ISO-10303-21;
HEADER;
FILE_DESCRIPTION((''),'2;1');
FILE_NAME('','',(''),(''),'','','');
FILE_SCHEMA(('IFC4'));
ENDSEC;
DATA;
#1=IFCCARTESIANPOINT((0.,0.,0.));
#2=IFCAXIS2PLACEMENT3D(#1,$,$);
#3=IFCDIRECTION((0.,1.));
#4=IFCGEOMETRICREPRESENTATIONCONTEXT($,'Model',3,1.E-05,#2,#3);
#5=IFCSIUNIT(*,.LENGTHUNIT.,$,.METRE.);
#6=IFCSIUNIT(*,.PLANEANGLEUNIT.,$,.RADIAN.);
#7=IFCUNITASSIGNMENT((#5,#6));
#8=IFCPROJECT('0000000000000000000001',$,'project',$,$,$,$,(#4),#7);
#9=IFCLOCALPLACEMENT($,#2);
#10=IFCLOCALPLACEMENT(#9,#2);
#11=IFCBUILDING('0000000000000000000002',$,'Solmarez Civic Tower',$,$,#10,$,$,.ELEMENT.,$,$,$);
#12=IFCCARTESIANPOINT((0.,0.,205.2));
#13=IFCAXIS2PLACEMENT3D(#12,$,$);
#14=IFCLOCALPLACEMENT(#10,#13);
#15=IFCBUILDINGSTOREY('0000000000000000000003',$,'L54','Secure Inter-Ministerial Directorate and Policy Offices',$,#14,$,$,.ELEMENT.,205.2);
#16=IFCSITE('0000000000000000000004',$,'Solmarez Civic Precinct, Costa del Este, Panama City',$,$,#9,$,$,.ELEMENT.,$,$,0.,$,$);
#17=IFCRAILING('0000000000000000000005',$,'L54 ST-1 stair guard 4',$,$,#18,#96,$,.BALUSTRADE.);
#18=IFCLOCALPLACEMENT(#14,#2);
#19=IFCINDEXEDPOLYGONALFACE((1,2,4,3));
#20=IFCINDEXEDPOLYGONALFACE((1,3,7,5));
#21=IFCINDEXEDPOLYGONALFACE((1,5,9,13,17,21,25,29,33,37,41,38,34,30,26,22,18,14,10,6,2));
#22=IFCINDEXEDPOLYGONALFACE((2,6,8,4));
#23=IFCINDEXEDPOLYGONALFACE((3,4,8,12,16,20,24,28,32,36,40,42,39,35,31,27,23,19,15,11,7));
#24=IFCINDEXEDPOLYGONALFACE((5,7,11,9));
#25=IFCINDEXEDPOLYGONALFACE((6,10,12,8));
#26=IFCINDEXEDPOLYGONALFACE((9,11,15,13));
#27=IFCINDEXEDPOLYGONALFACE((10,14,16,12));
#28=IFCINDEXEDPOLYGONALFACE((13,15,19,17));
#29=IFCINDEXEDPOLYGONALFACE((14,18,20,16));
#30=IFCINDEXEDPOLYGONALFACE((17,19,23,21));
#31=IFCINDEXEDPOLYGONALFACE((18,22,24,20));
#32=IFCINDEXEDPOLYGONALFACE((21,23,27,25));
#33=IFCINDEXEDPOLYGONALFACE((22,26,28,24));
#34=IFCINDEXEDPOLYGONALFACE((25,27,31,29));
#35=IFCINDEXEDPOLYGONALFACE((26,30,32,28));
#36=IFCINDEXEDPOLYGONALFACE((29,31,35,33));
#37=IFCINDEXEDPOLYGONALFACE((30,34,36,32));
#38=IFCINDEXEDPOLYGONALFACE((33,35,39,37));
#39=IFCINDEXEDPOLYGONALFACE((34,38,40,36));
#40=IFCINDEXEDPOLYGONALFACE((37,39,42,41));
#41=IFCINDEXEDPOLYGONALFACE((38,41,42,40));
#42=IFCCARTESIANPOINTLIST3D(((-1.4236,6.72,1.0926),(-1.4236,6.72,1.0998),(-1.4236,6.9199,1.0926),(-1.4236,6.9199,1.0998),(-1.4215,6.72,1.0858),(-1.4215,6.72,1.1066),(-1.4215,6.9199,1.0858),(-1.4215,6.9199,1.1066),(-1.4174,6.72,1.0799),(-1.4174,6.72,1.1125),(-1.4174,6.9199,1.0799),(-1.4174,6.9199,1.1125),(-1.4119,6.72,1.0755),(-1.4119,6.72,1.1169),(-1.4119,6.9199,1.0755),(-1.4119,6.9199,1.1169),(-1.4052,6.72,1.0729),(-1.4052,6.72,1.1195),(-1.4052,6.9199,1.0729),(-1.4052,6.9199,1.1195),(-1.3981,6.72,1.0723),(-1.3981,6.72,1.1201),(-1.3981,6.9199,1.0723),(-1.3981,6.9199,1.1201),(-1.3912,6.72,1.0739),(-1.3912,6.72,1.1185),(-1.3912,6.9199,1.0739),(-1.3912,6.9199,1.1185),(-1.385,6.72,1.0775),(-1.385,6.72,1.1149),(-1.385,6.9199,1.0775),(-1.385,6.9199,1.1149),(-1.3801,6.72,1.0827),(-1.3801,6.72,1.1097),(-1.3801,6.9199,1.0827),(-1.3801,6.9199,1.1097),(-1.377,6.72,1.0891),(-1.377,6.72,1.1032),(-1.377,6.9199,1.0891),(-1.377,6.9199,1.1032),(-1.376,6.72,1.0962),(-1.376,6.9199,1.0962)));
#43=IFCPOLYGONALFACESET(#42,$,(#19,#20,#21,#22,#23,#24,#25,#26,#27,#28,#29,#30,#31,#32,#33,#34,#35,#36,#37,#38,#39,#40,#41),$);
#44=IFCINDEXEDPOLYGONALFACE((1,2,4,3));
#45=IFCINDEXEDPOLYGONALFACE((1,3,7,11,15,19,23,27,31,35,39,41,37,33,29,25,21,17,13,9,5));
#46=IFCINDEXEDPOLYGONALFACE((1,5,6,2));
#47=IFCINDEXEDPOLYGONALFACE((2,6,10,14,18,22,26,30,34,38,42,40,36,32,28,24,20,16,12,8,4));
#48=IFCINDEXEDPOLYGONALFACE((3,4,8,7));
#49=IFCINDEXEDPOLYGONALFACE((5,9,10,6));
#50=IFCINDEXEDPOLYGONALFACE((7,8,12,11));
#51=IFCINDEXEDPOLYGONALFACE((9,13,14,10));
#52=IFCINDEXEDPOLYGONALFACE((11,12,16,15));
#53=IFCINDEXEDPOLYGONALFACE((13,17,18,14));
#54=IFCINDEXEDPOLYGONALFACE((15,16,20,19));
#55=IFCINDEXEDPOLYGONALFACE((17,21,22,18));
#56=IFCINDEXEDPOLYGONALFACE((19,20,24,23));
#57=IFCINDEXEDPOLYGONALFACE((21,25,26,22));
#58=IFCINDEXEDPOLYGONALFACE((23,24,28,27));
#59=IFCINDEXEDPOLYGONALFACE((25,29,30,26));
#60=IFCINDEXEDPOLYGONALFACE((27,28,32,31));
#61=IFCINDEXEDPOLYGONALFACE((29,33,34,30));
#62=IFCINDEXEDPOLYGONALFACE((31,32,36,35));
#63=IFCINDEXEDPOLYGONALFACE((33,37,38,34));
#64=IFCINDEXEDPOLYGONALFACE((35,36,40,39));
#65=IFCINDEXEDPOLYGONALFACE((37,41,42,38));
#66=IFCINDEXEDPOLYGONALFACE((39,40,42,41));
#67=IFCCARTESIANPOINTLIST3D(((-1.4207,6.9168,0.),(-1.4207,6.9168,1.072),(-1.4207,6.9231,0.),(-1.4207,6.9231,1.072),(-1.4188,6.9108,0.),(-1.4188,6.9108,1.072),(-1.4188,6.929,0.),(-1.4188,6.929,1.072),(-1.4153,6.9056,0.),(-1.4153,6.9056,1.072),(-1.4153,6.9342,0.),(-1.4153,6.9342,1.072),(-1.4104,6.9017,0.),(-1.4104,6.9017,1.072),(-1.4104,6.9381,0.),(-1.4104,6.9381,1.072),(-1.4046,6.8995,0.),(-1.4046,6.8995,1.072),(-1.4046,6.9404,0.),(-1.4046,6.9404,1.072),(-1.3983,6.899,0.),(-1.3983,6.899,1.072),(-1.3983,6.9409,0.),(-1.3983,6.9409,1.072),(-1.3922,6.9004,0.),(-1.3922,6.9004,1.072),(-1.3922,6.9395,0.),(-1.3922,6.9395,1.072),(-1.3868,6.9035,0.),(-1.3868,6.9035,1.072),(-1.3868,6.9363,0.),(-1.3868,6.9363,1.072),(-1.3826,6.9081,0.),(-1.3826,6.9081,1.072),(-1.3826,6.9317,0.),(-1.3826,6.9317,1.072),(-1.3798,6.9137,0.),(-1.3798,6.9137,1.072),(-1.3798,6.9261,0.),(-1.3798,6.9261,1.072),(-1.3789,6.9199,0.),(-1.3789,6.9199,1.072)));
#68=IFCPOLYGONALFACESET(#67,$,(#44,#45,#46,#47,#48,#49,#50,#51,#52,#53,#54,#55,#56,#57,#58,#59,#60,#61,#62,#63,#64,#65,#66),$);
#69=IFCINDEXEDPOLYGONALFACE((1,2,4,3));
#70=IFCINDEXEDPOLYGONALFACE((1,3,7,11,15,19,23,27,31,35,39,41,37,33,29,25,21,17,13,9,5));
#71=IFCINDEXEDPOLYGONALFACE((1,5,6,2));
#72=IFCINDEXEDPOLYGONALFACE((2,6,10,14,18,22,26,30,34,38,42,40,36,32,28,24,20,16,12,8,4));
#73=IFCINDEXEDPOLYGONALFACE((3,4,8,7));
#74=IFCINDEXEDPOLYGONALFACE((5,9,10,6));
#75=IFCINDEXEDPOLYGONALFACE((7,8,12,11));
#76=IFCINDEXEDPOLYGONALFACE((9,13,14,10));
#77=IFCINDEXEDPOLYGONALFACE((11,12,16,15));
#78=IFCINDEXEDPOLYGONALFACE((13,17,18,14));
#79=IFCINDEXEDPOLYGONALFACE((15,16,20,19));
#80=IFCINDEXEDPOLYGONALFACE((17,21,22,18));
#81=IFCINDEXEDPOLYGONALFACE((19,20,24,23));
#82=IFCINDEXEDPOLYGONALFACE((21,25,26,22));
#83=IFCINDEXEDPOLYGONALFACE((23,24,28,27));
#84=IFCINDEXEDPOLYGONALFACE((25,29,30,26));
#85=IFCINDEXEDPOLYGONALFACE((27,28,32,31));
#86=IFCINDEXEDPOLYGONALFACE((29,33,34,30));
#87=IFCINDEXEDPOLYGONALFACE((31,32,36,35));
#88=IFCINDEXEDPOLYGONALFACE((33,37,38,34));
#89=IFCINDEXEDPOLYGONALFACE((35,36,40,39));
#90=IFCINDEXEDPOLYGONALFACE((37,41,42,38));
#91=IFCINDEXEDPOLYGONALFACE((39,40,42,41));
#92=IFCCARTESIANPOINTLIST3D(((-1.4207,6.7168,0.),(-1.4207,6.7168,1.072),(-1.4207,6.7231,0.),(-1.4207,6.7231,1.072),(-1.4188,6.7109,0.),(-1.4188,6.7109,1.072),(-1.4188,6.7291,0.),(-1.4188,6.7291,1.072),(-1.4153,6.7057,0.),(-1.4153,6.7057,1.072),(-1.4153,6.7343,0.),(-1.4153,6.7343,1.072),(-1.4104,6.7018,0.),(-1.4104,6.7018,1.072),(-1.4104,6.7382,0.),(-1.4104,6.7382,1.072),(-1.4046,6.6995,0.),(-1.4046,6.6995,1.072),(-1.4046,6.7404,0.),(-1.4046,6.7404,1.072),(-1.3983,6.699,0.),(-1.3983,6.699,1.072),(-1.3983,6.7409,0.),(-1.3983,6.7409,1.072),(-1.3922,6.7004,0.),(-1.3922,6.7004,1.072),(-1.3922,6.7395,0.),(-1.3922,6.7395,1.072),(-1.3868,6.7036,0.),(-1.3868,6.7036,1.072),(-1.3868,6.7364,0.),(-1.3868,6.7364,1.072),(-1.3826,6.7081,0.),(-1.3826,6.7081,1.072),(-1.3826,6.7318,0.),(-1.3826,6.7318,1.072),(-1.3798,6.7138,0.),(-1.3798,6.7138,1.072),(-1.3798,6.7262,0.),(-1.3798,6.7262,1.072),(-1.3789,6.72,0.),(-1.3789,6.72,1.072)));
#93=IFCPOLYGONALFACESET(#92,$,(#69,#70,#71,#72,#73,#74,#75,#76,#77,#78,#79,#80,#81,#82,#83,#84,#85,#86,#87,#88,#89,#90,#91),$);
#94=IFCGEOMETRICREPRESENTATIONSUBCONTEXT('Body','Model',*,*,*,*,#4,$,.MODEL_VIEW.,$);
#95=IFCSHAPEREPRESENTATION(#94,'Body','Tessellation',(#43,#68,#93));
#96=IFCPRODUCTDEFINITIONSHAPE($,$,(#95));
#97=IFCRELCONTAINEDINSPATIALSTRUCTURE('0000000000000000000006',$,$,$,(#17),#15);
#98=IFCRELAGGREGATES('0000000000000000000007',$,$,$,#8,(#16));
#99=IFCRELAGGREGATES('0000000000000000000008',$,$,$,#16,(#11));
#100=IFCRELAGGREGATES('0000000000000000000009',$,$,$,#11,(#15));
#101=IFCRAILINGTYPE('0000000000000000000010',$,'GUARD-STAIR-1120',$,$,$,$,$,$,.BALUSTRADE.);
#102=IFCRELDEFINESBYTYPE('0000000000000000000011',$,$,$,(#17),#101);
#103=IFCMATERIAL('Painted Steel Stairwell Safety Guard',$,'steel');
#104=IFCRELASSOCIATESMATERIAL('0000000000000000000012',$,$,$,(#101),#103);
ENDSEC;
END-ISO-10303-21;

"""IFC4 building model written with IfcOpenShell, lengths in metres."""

from ifc_helpers import new_model, si_unit, direction, frame, origin, origin_2d, place, context, subcontext, project, spatial, circle, extrude, material, type_object, element, save


model = new_model("IFC4")

# Units and contexts
model_context = context("Model", 3, precision=1e-05, world=origin(), true_north=direction((0.0, 1.0)))
body_context = subcontext(model_context, "Body", "Model", "MODEL_VIEW")
ifc_project = project(units=[si_unit("LENGTHUNIT", "METRE"), si_unit("PLANEANGLEUNIT", "RADIAN")], contexts=[model_context])

# Site, building, storey
site_placement = place(None, origin())
site = spatial("IfcSite", under=ifc_project, at=site_placement, Name="Solmarez Civic Precinct, Costa del Este, Panama City", CompositionType="ELEMENT", RefElevation=0.0)
building_placement = place(site_placement, origin())
building = spatial("IfcBuilding", under=site, at=building_placement, Name="Solmarez Civic Tower", CompositionType="ELEMENT")
storey_placement = place(building_placement, frame((0.0, 0.0, 205.2)))
storey = spatial("IfcBuildingStorey", under=building, at=storey_placement, Name="L54", Description="Secure Inter-Ministerial Directorate and Policy Offices", CompositionType="ELEMENT", Elevation=205.2)

# Railing
ifc_material_1 = material(Name="Painted Steel Stairwell Safety Guard", Category="steel")
railing_type_1 = type_object("IfcRailingType", Name="GUARD-STAIR-1120", PredefinedType="BALUSTRADE", material=ifc_material_1)
railing_1_placement = place(storey_placement, frame((-1.3999, 6.9199, 0.0)))
element("IfcRailing", 1, at=railing_1_placement, inside=storey, type_object=railing_type_1, Name="L54 ST-1 stair guard 4", PredefinedType="BALUSTRADE", context=body_context, shape_type="SweptSolid", body=[
    extrude(circle(Radius=0.0239, at=origin_2d()), frame((0.0, 0.0, 1.0962), z_axis=(0.0, -1.0, 0.0), x_axis=(1.0, 0.0, 0.0)), (0.0, 0.0, 1.0), 0.2),
    extrude(circle(Radius=0.021, at=origin_2d()), origin(), (0.0, 0.0, 1.0), 1.072),
    extrude(circle(Radius=0.021, at=origin_2d()), frame((0.0, -0.2, 0.0)), (0.0, 0.0, 1.0), 1.072),
])

save(model, "model.ifc")
